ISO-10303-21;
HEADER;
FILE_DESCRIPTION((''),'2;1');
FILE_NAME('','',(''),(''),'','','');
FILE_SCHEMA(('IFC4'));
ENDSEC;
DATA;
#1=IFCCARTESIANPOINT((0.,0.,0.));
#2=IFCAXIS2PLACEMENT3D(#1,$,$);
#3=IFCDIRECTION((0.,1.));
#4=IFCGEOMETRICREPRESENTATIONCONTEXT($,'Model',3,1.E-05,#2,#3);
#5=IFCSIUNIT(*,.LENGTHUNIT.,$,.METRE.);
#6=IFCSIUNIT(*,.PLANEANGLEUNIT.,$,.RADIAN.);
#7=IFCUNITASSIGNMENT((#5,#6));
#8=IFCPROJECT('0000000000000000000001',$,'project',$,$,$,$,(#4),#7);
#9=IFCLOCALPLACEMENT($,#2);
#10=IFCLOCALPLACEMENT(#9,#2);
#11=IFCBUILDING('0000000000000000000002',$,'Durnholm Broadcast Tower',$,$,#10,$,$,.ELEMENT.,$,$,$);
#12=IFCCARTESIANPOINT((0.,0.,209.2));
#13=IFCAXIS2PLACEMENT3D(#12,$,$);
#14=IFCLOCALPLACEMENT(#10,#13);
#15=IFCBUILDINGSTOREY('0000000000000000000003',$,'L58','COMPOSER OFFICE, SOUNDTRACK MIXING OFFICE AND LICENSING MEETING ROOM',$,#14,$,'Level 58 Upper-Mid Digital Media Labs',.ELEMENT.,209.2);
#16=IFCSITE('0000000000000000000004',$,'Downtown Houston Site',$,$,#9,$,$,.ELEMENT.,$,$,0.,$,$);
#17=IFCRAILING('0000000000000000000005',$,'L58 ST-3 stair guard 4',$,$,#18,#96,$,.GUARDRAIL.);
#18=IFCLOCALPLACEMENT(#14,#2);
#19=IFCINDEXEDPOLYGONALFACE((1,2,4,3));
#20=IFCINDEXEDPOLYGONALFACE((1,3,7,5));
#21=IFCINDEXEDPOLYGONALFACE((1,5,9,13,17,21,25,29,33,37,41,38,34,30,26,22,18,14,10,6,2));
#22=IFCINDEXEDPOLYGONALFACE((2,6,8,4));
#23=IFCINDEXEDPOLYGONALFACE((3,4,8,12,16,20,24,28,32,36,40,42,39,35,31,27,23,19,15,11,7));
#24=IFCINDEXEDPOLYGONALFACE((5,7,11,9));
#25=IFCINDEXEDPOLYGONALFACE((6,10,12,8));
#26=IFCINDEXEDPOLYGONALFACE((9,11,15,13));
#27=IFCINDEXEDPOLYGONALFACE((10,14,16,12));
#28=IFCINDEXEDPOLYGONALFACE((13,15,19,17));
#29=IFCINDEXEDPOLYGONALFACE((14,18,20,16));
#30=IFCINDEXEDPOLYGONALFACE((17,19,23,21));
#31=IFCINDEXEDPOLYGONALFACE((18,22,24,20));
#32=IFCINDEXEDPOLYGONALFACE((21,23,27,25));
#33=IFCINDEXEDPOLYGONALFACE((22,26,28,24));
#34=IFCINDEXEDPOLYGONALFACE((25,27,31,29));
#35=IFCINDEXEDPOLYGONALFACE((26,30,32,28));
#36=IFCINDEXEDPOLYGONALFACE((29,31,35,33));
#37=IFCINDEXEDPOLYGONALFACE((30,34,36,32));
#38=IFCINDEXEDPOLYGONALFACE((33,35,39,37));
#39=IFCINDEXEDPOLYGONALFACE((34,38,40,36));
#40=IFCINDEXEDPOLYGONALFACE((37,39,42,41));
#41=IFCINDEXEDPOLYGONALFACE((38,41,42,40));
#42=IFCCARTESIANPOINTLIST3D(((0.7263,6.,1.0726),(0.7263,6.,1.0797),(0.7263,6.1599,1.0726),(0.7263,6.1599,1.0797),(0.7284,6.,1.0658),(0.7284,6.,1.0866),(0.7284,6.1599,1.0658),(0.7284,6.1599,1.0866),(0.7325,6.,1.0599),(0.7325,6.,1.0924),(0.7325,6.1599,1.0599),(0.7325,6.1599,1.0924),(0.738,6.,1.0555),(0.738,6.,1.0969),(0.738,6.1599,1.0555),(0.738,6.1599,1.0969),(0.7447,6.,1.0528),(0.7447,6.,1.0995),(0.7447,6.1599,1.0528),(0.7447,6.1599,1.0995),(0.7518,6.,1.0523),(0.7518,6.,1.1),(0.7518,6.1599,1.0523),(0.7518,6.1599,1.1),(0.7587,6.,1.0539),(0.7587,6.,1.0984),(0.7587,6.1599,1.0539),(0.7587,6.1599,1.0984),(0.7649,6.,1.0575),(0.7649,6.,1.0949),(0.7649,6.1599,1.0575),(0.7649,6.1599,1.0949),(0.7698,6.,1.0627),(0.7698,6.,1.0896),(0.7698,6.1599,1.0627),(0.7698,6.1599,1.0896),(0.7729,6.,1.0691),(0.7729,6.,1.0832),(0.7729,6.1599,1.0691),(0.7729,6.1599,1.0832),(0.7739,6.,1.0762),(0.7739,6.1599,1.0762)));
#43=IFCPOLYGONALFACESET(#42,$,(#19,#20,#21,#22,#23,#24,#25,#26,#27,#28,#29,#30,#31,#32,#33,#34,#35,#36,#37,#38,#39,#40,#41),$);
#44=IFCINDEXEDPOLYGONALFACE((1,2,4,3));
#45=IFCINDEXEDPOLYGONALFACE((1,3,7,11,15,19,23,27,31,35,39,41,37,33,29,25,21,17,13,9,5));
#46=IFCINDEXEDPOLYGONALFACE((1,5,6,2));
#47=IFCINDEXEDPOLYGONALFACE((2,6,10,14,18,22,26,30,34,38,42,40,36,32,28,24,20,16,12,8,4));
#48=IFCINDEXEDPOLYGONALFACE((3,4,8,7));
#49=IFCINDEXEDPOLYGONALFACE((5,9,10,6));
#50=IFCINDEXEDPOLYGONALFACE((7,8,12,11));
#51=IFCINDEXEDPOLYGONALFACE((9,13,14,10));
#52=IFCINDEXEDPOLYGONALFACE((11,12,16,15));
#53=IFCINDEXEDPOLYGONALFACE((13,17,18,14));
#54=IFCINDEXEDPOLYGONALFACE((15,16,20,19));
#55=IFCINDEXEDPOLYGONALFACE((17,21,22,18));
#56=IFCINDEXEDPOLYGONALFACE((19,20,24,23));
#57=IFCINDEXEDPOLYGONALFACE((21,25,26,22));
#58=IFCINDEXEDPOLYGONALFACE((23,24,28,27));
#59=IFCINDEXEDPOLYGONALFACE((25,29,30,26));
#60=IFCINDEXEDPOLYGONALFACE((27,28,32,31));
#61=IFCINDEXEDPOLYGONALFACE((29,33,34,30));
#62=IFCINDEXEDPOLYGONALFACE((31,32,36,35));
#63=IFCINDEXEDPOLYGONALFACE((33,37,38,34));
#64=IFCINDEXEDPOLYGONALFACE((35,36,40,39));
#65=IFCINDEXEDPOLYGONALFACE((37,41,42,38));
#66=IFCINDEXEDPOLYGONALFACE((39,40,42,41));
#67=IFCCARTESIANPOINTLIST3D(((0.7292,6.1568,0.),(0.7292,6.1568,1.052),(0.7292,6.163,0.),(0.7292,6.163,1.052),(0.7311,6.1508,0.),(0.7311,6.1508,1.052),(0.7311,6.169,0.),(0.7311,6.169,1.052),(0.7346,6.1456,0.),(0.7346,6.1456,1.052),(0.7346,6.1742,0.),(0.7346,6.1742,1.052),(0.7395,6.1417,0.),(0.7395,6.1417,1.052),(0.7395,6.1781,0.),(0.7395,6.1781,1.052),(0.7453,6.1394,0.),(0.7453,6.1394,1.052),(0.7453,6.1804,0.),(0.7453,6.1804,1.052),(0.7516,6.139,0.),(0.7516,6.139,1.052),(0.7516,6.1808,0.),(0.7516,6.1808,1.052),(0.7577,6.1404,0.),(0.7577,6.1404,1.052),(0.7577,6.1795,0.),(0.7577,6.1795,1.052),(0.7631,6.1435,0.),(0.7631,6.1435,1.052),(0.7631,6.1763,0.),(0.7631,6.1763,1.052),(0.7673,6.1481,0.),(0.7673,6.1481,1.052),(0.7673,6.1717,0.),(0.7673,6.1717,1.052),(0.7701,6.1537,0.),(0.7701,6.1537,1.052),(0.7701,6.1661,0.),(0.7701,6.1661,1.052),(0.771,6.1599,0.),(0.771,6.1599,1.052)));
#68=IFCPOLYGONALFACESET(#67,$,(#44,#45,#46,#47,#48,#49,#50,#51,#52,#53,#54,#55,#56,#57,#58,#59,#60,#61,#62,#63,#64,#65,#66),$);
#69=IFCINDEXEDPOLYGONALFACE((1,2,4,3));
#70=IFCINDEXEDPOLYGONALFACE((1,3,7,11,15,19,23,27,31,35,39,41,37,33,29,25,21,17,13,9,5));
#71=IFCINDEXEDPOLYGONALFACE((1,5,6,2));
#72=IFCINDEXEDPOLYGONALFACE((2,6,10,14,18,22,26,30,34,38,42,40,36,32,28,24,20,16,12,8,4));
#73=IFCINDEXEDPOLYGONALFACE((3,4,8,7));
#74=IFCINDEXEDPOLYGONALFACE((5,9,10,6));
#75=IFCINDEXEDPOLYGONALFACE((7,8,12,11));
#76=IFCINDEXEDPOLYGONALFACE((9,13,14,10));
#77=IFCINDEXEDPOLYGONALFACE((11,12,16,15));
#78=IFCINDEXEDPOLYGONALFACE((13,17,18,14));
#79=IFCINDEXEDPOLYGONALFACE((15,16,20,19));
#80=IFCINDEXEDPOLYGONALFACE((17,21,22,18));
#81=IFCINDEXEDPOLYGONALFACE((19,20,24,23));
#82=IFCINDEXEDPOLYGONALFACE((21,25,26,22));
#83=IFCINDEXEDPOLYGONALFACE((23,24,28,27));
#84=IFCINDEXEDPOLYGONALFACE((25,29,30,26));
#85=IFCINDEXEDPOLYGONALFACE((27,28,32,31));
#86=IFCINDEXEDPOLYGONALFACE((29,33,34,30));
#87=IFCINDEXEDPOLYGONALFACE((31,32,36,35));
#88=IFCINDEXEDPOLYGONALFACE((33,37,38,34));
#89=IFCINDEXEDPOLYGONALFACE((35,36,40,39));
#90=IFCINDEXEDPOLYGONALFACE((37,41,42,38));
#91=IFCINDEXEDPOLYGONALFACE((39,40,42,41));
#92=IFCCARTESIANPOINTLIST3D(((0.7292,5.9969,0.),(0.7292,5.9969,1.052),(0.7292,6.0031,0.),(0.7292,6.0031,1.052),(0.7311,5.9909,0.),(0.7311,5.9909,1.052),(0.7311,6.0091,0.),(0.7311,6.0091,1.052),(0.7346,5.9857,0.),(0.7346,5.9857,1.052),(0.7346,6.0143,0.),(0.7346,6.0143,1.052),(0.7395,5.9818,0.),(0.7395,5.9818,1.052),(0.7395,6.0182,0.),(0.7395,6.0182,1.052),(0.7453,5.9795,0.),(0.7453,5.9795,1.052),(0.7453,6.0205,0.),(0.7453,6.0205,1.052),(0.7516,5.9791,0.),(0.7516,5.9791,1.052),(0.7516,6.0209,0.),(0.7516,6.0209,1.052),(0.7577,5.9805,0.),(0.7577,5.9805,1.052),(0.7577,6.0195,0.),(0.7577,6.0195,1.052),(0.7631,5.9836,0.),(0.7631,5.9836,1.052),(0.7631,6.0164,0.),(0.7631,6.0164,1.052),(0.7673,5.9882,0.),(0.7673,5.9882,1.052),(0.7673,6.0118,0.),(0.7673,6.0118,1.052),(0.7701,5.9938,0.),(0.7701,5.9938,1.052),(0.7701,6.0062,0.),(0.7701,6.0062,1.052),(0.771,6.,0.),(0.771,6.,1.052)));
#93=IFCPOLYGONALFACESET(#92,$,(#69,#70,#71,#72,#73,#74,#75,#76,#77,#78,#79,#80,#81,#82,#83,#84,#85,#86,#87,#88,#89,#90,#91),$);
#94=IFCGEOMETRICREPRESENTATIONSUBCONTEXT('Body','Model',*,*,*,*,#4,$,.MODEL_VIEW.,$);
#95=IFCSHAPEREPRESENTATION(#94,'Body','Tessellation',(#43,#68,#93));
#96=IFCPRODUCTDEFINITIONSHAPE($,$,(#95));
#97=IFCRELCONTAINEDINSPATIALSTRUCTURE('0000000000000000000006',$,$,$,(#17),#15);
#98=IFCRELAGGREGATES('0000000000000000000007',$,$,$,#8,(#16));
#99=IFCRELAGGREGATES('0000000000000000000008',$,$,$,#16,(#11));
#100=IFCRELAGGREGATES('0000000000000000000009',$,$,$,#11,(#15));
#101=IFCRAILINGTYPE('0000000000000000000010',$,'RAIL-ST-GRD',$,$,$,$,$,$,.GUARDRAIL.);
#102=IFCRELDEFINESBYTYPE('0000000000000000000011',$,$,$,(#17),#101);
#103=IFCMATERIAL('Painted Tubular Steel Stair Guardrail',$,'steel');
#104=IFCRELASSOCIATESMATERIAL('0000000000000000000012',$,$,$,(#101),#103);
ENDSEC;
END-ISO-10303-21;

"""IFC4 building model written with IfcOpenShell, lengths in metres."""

from ifc_helpers import new_model, si_unit, direction, frame, origin, origin_2d, place, context, subcontext, project, spatial, circle, extrude, material, type_object, element, save


model = new_model("IFC4")

# Units and contexts
model_context = context("Model", 3, precision=1e-05, world=origin(), true_north=direction((0.0, 1.0)))
body_context = subcontext(model_context, "Body", "Model", "MODEL_VIEW")
ifc_project = project(units=[si_unit("LENGTHUNIT", "METRE"), si_unit("PLANEANGLEUNIT", "RADIAN")], contexts=[model_context])

# Site, building, storey
site_placement = place(None, origin())
site = spatial("IfcSite", under=ifc_project, at=site_placement, Name="Downtown Houston Site", CompositionType="ELEMENT", RefElevation=0.0)
building_placement = place(site_placement, origin())
building = spatial("IfcBuilding", under=site, at=building_placement, Name="Durnholm Broadcast Tower", CompositionType="ELEMENT")
storey_placement = place(building_placement, frame((0.0, 0.0, 209.2)))
storey = spatial("IfcBuildingStorey", under=building, at=storey_placement, Name="L58", Description="COMPOSER OFFICE, SOUNDTRACK MIXING OFFICE AND LICENSING MEETING ROOM", LongName="Level 58 Upper-Mid Digital Media Labs", CompositionType="ELEMENT", Elevation=209.2)

# Railing
ifc_material_1 = material(Name="Painted Tubular Steel Stair Guardrail", Category="steel")
railing_type_1 = type_object("IfcRailingType", Name="RAIL-ST-GRD", PredefinedType="GUARDRAIL", material=ifc_material_1)
railing_1_placement = place(storey_placement, frame((0.75, 6.1599, 0.0)))
element("IfcRailing", 1, at=railing_1_placement, inside=storey, type_object=railing_type_1, Name="L58 ST-3 stair guard 4", PredefinedType="GUARDRAIL", context=body_context, shape_type="SweptSolid", body=[
    extrude(circle(Radius=0.0239, at=origin_2d()), frame((0.0, 0.0, 1.0762), z_axis=(0.0, -1.0, 0.0), x_axis=(1.0, 0.0, 0.0)), (0.0, 0.0, 1.0), 0.1599),
    extrude(circle(Radius=0.021, at=origin_2d()), origin(), (0.0, 0.0, 1.0), 1.052),
    extrude(circle(Radius=0.021, at=origin_2d()), frame((0.0, -0.1599, 0.0)), (0.0, 0.0, 1.0), 1.052),
])

save(model, "model.ifc")
